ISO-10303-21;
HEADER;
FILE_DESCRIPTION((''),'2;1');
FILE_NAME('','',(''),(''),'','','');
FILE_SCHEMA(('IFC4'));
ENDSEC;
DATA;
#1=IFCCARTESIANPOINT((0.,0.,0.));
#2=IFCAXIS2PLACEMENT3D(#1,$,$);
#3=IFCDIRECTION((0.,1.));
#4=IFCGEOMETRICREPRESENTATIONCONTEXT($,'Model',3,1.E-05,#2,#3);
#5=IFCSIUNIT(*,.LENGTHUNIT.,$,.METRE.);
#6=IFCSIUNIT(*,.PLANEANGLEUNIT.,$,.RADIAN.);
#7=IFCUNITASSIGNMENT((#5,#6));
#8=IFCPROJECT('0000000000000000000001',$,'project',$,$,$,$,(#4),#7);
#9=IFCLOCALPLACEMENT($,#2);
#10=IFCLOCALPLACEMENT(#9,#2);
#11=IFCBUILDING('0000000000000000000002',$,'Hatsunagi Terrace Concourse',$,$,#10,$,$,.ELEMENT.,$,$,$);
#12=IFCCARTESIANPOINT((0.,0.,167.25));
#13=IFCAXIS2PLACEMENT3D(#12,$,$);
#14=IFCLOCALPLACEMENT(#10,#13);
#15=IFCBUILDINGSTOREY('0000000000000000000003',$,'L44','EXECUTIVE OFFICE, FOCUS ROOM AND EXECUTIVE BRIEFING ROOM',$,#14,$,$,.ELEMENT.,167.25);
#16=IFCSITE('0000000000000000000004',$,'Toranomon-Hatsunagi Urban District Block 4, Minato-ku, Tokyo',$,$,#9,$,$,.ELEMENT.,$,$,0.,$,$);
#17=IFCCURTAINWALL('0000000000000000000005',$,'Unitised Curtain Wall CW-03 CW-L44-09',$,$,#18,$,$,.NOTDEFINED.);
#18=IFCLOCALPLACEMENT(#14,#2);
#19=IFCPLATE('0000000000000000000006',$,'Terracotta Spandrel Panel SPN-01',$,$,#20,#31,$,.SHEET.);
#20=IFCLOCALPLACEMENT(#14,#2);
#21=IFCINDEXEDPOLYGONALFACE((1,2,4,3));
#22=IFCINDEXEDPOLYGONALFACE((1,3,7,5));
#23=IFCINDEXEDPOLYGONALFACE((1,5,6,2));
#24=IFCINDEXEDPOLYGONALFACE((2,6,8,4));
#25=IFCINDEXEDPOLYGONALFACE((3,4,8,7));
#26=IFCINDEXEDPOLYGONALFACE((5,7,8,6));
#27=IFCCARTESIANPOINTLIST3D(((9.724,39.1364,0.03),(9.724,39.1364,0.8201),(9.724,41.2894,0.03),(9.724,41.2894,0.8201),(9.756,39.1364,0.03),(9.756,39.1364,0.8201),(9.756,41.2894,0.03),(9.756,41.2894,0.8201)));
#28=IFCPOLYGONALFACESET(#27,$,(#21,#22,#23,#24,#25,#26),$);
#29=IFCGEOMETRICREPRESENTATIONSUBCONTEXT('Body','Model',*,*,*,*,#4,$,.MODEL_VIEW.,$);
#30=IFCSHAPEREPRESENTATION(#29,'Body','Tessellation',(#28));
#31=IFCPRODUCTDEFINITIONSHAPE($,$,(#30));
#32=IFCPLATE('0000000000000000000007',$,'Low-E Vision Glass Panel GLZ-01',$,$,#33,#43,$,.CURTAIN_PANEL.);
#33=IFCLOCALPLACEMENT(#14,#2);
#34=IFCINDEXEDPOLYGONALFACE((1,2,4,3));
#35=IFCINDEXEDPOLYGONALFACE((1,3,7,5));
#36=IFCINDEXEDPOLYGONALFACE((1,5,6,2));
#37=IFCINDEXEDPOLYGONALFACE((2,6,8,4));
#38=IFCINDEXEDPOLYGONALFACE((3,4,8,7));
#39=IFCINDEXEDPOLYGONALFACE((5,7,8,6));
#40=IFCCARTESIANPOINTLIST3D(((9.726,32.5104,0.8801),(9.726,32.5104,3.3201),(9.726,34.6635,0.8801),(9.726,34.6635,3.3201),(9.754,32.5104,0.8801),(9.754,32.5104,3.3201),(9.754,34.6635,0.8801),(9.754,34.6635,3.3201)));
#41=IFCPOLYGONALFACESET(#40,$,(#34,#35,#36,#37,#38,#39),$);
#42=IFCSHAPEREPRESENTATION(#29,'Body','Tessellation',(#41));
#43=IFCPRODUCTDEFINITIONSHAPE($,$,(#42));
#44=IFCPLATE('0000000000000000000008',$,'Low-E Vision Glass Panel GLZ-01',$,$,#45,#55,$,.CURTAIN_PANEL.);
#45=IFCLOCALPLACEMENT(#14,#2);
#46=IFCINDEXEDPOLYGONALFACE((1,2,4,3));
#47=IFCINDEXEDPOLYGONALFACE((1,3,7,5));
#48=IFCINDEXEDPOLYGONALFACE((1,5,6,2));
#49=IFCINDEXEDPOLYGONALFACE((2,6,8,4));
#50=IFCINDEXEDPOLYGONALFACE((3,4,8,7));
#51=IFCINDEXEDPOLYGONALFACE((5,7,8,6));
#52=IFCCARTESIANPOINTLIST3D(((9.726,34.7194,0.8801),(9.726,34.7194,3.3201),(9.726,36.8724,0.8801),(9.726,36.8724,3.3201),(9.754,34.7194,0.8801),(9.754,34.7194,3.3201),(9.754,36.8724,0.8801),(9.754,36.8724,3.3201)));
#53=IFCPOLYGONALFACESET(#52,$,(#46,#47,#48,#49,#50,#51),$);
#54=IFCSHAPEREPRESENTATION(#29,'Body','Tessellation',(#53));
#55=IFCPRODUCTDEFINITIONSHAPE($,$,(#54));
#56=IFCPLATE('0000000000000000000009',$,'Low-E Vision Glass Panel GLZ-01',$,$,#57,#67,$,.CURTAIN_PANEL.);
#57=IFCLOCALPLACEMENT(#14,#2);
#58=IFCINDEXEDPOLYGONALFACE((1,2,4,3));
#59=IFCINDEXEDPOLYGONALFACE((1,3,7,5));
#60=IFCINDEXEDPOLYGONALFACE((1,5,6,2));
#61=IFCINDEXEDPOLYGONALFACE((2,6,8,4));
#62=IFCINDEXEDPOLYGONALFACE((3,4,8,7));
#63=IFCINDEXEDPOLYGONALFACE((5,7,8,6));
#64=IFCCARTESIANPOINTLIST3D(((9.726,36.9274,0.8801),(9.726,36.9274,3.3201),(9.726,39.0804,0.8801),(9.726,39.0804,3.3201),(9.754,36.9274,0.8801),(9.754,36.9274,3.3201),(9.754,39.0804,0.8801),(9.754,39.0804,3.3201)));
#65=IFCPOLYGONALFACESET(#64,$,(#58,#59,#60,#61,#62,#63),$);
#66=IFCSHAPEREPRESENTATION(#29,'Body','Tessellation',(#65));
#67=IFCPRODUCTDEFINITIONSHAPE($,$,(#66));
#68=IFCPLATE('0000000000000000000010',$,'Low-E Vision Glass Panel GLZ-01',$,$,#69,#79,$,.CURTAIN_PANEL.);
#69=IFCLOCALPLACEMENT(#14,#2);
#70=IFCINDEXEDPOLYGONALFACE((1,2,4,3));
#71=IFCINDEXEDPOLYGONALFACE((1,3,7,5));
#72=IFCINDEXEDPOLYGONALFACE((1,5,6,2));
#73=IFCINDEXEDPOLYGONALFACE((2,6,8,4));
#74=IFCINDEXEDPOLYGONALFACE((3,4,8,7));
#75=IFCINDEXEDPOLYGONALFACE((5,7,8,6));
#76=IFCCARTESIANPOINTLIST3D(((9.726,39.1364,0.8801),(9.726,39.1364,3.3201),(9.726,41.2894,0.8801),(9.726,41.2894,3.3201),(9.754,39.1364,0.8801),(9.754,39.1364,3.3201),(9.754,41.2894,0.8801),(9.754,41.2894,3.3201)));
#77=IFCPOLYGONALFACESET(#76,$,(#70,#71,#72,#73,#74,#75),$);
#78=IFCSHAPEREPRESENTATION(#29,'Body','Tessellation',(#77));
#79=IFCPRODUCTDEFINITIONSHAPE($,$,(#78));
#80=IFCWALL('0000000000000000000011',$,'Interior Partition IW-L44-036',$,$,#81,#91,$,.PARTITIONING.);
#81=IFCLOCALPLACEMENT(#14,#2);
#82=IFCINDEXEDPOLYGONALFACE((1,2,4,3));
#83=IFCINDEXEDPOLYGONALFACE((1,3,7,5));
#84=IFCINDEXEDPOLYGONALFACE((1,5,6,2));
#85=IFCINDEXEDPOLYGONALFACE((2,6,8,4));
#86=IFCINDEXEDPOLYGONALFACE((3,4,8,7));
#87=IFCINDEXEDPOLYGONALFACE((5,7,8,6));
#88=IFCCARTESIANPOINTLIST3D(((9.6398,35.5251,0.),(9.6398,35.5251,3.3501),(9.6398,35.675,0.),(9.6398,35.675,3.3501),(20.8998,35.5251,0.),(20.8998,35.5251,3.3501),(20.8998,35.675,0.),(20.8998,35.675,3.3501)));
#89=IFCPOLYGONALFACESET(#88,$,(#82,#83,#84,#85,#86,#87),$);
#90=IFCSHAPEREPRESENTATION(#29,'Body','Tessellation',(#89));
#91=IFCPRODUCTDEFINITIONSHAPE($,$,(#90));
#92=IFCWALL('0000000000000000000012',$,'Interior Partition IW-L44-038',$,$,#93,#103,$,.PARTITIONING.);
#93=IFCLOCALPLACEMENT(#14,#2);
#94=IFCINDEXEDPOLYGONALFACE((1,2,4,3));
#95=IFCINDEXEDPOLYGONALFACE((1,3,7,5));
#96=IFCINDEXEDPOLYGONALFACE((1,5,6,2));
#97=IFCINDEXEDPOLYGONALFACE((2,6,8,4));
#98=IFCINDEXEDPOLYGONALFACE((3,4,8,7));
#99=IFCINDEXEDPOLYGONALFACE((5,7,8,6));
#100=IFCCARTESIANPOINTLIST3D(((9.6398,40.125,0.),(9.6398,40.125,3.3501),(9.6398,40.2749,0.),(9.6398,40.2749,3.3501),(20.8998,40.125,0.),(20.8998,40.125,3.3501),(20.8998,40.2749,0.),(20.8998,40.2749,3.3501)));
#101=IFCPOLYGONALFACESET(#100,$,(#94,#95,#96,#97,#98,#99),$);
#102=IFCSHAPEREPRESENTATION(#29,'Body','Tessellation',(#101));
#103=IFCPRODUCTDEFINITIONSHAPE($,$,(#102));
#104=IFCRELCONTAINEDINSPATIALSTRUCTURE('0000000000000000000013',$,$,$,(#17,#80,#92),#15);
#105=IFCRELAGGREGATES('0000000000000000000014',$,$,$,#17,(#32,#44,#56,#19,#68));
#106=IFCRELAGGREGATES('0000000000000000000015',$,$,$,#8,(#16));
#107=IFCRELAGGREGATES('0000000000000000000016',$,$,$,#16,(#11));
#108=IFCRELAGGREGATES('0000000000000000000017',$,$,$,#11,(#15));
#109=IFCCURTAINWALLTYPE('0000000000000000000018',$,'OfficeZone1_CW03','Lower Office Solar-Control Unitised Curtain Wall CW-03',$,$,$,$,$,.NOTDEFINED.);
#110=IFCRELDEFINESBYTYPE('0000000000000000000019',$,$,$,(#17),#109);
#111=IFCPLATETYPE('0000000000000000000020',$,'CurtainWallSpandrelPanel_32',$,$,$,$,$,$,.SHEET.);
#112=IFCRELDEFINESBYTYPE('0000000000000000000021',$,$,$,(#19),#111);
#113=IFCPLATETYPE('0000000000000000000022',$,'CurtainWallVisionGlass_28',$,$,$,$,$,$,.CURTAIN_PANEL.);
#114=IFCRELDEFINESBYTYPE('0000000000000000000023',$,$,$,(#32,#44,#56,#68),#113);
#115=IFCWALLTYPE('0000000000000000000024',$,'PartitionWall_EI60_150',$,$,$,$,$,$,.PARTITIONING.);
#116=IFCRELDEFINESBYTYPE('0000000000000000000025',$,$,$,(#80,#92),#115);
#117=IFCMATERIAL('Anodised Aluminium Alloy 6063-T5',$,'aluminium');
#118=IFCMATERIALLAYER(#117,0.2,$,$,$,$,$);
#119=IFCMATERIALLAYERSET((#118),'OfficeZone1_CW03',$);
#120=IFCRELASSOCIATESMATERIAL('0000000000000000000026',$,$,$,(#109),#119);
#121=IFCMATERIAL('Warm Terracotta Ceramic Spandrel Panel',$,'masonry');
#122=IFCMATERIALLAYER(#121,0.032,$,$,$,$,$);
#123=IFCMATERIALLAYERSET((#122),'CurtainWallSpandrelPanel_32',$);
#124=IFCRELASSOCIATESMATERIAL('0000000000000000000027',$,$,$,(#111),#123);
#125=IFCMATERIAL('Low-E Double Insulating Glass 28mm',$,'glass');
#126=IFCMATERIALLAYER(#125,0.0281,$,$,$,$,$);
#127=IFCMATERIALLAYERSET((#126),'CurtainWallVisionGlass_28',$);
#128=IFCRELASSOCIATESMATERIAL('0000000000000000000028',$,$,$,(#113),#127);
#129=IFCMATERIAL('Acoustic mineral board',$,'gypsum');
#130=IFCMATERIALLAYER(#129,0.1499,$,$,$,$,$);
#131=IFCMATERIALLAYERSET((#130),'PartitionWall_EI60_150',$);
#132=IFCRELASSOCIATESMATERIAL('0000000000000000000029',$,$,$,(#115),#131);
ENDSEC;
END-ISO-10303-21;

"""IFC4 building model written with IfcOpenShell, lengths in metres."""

from ifc_helpers import new_model, si_unit, direction, frame, frame_2d, origin, origin_2d, place, context, subcontext, project, spatial, rectangle, extrude, material, layer, layer_set, type_object, element, aggregate, save


model = new_model("IFC4")

# Units and contexts
model_context = context("Model", 3, precision=1e-05, world=origin(), true_north=direction((0.0, 1.0)))
body_context = subcontext(model_context, "Body", "Model", "MODEL_VIEW")
ifc_project = project(units=[si_unit("LENGTHUNIT", "METRE"), si_unit("PLANEANGLEUNIT", "RADIAN")], contexts=[model_context])

# Site, building, storey
site_placement = place(None, origin())
site = spatial("IfcSite", under=ifc_project, at=site_placement, Name="Toranomon-Hatsunagi Urban District Block 4, Minato-ku, Tokyo", CompositionType="ELEMENT", RefElevation=0.0)
building_placement = place(site_placement, origin())
building = spatial("IfcBuilding", under=site, at=building_placement, Name="Hatsunagi Terrace Concourse", CompositionType="ELEMENT")
storey_placement = place(building_placement, frame((0.0, 0.0, 167.25)))
storey = spatial("IfcBuildingStorey", under=building, at=storey_placement, Name="L44", Description="EXECUTIVE OFFICE, FOCUS ROOM AND EXECUTIVE BRIEFING ROOM", CompositionType="ELEMENT", Elevation=167.25)

# Curtain wall
ifc_material_1 = material(Name="Anodised Aluminium Alloy 6063-T5", Category="aluminium")
ifc_layer_1 = layer(ifc_material_1, 0.2)
ifc_layer_set_1 = layer_set([ifc_layer_1], Name="OfficeZone1_CW03")
curtain_wall_type = type_object("IfcCurtainWallType", Name="OfficeZone1_CW03", Description="Lower Office Solar-Control Unitised Curtain Wall CW-03", PredefinedType="NOTDEFINED", material=ifc_layer_set_1)
curtain_wall_placement = place(storey_placement, origin())
curtain_wall = element("IfcCurtainWall", 1, at=curtain_wall_placement, inside=storey, type_object=curtain_wall_type, Name="Unitised Curtain Wall CW-03 CW-L44-09", PredefinedType="NOTDEFINED")

# Plates
ifc_material_2 = material(Name="Warm Terracotta Ceramic Spandrel Panel", Category="masonry")
ifc_layer_2 = layer(ifc_material_2, 0.032)
ifc_layer_set_2 = layer_set([ifc_layer_2], Name="CurtainWallSpandrelPanel_32")
plate_type_1 = type_object("IfcPlateType", Name="CurtainWallSpandrelPanel_32", PredefinedType="SHEET", material=ifc_layer_set_2)
plate_1_placement = place(storey_placement, frame((9.74, 40.2129, 0.03), z_axis=(0.0, 0.0, 1.0), x_axis=(0.0, 1.0, 0.0)))
plate_1 = element("IfcPlate", 2, at=plate_1_placement, type_object=plate_type_1, Name="Terracotta Spandrel Panel SPN-01", PredefinedType="SHEET", context=body_context, shape_type="SweptSolid", body=[
    extrude(rectangle(XDim=2.1531, YDim=0.032, at=origin_2d()), origin(), (0.0, 0.0, 1.0), 0.79),
])
ifc_material_3 = material(Name="Low-E Double Insulating Glass 28mm", Category="glass")
ifc_layer_3 = layer(ifc_material_3, 0.0281)
ifc_layer_set_3 = layer_set([ifc_layer_3], Name="CurtainWallVisionGlass_28")
plate_type_2 = type_object("IfcPlateType", Name="CurtainWallVisionGlass_28", PredefinedType="CURTAIN_PANEL", material=ifc_layer_set_3)
plate_2_placement = place(storey_placement, frame((9.74, 33.5869, 0.8801), z_axis=(0.0, 0.0, 1.0), x_axis=(0.0, 1.0, 0.0)))
plate_2 = element("IfcPlate", 3, at=plate_2_placement, type_object=plate_type_2, Name="Low-E Vision Glass Panel GLZ-01", PredefinedType="CURTAIN_PANEL", context=body_context, shape_type="SweptSolid", body=[
    extrude(rectangle(XDim=2.1531, YDim=0.0281, at=origin_2d()), origin(), (0.0, 0.0, 1.0), 2.4399),
])
plate_3_placement = place(storey_placement, frame((9.74, 35.7959, 0.8801), z_axis=(0.0, 0.0, 1.0), x_axis=(0.0, 1.0, 0.0)))
plate_3 = element("IfcPlate", 4, at=plate_3_placement, type_object=plate_type_2, Name="Low-E Vision Glass Panel GLZ-01", PredefinedType="CURTAIN_PANEL", context=body_context, shape_type="SweptSolid", body=[
    extrude(rectangle(XDim=2.1531, YDim=0.0281, at=origin_2d()), origin(), (0.0, 0.0, 1.0), 2.4399),
])
plate_4_placement = place(storey_placement, frame((9.74, 38.0039, 0.8801), z_axis=(0.0, 0.0, 1.0), x_axis=(0.0, 1.0, 0.0)))
plate_4 = element("IfcPlate", 5, at=plate_4_placement, type_object=plate_type_2, Name="Low-E Vision Glass Panel GLZ-01", PredefinedType="CURTAIN_PANEL", context=body_context, shape_type="SweptSolid", body=[
    extrude(rectangle(XDim=2.1531, YDim=0.0281, at=origin_2d()), origin(), (0.0, 0.0, 1.0), 2.4399),
])
plate_5_placement = place(storey_placement, frame((9.74, 40.2129, 0.8801), z_axis=(0.0, 0.0, 1.0), x_axis=(0.0, 1.0, 0.0)))
plate_5 = element("IfcPlate", 6, at=plate_5_placement, type_object=plate_type_2, Name="Low-E Vision Glass Panel GLZ-01", PredefinedType="CURTAIN_PANEL", context=body_context, shape_type="SweptSolid", body=[
    extrude(rectangle(XDim=2.1531, YDim=0.0281, at=origin_2d()), origin(), (0.0, 0.0, 1.0), 2.4399),
])
aggregate(curtain_wall, [plate_2, plate_3, plate_4, plate_1, plate_5])

# Walls
ifc_material_4 = material(Name="Acoustic mineral board", Category="gypsum")
ifc_layer_4 = layer(ifc_material_4, 0.1499)
ifc_layer_set_4 = layer_set([ifc_layer_4], Name="PartitionWall_EI60_150")
wall_type = type_object("IfcWallType", Name="PartitionWall_EI60_150", PredefinedType="PARTITIONING", material=ifc_layer_set_4)
for number, where, z_axis, x_axis, name in (
    (7, (9.6399, 35.6001, 0.0), (0.0, 0.0, 1.0), (1.0, 0.0, 0.0), "Interior Partition IW-L44-036"),
    (8, (9.6399, 40.2, 0.0), (0.0, 0.0, 1.0), (1.0, 0.0, 0.0), "Interior Partition IW-L44-038"),
):
    element("IfcWall", number, at=place(storey_placement, frame(where, z_axis=z_axis, x_axis=x_axis)), inside=storey, type_object=wall_type, Name=name, PredefinedType="PARTITIONING", context=body_context, shape_type="SweptSolid", body=[
        extrude(rectangle(XDim=11.26, YDim=0.1499, at=frame_2d((5.6299, 0.0))), origin(), (0.0, 0.0, 1.0), 3.3501),
    ])

save(model, "model.ifc")
